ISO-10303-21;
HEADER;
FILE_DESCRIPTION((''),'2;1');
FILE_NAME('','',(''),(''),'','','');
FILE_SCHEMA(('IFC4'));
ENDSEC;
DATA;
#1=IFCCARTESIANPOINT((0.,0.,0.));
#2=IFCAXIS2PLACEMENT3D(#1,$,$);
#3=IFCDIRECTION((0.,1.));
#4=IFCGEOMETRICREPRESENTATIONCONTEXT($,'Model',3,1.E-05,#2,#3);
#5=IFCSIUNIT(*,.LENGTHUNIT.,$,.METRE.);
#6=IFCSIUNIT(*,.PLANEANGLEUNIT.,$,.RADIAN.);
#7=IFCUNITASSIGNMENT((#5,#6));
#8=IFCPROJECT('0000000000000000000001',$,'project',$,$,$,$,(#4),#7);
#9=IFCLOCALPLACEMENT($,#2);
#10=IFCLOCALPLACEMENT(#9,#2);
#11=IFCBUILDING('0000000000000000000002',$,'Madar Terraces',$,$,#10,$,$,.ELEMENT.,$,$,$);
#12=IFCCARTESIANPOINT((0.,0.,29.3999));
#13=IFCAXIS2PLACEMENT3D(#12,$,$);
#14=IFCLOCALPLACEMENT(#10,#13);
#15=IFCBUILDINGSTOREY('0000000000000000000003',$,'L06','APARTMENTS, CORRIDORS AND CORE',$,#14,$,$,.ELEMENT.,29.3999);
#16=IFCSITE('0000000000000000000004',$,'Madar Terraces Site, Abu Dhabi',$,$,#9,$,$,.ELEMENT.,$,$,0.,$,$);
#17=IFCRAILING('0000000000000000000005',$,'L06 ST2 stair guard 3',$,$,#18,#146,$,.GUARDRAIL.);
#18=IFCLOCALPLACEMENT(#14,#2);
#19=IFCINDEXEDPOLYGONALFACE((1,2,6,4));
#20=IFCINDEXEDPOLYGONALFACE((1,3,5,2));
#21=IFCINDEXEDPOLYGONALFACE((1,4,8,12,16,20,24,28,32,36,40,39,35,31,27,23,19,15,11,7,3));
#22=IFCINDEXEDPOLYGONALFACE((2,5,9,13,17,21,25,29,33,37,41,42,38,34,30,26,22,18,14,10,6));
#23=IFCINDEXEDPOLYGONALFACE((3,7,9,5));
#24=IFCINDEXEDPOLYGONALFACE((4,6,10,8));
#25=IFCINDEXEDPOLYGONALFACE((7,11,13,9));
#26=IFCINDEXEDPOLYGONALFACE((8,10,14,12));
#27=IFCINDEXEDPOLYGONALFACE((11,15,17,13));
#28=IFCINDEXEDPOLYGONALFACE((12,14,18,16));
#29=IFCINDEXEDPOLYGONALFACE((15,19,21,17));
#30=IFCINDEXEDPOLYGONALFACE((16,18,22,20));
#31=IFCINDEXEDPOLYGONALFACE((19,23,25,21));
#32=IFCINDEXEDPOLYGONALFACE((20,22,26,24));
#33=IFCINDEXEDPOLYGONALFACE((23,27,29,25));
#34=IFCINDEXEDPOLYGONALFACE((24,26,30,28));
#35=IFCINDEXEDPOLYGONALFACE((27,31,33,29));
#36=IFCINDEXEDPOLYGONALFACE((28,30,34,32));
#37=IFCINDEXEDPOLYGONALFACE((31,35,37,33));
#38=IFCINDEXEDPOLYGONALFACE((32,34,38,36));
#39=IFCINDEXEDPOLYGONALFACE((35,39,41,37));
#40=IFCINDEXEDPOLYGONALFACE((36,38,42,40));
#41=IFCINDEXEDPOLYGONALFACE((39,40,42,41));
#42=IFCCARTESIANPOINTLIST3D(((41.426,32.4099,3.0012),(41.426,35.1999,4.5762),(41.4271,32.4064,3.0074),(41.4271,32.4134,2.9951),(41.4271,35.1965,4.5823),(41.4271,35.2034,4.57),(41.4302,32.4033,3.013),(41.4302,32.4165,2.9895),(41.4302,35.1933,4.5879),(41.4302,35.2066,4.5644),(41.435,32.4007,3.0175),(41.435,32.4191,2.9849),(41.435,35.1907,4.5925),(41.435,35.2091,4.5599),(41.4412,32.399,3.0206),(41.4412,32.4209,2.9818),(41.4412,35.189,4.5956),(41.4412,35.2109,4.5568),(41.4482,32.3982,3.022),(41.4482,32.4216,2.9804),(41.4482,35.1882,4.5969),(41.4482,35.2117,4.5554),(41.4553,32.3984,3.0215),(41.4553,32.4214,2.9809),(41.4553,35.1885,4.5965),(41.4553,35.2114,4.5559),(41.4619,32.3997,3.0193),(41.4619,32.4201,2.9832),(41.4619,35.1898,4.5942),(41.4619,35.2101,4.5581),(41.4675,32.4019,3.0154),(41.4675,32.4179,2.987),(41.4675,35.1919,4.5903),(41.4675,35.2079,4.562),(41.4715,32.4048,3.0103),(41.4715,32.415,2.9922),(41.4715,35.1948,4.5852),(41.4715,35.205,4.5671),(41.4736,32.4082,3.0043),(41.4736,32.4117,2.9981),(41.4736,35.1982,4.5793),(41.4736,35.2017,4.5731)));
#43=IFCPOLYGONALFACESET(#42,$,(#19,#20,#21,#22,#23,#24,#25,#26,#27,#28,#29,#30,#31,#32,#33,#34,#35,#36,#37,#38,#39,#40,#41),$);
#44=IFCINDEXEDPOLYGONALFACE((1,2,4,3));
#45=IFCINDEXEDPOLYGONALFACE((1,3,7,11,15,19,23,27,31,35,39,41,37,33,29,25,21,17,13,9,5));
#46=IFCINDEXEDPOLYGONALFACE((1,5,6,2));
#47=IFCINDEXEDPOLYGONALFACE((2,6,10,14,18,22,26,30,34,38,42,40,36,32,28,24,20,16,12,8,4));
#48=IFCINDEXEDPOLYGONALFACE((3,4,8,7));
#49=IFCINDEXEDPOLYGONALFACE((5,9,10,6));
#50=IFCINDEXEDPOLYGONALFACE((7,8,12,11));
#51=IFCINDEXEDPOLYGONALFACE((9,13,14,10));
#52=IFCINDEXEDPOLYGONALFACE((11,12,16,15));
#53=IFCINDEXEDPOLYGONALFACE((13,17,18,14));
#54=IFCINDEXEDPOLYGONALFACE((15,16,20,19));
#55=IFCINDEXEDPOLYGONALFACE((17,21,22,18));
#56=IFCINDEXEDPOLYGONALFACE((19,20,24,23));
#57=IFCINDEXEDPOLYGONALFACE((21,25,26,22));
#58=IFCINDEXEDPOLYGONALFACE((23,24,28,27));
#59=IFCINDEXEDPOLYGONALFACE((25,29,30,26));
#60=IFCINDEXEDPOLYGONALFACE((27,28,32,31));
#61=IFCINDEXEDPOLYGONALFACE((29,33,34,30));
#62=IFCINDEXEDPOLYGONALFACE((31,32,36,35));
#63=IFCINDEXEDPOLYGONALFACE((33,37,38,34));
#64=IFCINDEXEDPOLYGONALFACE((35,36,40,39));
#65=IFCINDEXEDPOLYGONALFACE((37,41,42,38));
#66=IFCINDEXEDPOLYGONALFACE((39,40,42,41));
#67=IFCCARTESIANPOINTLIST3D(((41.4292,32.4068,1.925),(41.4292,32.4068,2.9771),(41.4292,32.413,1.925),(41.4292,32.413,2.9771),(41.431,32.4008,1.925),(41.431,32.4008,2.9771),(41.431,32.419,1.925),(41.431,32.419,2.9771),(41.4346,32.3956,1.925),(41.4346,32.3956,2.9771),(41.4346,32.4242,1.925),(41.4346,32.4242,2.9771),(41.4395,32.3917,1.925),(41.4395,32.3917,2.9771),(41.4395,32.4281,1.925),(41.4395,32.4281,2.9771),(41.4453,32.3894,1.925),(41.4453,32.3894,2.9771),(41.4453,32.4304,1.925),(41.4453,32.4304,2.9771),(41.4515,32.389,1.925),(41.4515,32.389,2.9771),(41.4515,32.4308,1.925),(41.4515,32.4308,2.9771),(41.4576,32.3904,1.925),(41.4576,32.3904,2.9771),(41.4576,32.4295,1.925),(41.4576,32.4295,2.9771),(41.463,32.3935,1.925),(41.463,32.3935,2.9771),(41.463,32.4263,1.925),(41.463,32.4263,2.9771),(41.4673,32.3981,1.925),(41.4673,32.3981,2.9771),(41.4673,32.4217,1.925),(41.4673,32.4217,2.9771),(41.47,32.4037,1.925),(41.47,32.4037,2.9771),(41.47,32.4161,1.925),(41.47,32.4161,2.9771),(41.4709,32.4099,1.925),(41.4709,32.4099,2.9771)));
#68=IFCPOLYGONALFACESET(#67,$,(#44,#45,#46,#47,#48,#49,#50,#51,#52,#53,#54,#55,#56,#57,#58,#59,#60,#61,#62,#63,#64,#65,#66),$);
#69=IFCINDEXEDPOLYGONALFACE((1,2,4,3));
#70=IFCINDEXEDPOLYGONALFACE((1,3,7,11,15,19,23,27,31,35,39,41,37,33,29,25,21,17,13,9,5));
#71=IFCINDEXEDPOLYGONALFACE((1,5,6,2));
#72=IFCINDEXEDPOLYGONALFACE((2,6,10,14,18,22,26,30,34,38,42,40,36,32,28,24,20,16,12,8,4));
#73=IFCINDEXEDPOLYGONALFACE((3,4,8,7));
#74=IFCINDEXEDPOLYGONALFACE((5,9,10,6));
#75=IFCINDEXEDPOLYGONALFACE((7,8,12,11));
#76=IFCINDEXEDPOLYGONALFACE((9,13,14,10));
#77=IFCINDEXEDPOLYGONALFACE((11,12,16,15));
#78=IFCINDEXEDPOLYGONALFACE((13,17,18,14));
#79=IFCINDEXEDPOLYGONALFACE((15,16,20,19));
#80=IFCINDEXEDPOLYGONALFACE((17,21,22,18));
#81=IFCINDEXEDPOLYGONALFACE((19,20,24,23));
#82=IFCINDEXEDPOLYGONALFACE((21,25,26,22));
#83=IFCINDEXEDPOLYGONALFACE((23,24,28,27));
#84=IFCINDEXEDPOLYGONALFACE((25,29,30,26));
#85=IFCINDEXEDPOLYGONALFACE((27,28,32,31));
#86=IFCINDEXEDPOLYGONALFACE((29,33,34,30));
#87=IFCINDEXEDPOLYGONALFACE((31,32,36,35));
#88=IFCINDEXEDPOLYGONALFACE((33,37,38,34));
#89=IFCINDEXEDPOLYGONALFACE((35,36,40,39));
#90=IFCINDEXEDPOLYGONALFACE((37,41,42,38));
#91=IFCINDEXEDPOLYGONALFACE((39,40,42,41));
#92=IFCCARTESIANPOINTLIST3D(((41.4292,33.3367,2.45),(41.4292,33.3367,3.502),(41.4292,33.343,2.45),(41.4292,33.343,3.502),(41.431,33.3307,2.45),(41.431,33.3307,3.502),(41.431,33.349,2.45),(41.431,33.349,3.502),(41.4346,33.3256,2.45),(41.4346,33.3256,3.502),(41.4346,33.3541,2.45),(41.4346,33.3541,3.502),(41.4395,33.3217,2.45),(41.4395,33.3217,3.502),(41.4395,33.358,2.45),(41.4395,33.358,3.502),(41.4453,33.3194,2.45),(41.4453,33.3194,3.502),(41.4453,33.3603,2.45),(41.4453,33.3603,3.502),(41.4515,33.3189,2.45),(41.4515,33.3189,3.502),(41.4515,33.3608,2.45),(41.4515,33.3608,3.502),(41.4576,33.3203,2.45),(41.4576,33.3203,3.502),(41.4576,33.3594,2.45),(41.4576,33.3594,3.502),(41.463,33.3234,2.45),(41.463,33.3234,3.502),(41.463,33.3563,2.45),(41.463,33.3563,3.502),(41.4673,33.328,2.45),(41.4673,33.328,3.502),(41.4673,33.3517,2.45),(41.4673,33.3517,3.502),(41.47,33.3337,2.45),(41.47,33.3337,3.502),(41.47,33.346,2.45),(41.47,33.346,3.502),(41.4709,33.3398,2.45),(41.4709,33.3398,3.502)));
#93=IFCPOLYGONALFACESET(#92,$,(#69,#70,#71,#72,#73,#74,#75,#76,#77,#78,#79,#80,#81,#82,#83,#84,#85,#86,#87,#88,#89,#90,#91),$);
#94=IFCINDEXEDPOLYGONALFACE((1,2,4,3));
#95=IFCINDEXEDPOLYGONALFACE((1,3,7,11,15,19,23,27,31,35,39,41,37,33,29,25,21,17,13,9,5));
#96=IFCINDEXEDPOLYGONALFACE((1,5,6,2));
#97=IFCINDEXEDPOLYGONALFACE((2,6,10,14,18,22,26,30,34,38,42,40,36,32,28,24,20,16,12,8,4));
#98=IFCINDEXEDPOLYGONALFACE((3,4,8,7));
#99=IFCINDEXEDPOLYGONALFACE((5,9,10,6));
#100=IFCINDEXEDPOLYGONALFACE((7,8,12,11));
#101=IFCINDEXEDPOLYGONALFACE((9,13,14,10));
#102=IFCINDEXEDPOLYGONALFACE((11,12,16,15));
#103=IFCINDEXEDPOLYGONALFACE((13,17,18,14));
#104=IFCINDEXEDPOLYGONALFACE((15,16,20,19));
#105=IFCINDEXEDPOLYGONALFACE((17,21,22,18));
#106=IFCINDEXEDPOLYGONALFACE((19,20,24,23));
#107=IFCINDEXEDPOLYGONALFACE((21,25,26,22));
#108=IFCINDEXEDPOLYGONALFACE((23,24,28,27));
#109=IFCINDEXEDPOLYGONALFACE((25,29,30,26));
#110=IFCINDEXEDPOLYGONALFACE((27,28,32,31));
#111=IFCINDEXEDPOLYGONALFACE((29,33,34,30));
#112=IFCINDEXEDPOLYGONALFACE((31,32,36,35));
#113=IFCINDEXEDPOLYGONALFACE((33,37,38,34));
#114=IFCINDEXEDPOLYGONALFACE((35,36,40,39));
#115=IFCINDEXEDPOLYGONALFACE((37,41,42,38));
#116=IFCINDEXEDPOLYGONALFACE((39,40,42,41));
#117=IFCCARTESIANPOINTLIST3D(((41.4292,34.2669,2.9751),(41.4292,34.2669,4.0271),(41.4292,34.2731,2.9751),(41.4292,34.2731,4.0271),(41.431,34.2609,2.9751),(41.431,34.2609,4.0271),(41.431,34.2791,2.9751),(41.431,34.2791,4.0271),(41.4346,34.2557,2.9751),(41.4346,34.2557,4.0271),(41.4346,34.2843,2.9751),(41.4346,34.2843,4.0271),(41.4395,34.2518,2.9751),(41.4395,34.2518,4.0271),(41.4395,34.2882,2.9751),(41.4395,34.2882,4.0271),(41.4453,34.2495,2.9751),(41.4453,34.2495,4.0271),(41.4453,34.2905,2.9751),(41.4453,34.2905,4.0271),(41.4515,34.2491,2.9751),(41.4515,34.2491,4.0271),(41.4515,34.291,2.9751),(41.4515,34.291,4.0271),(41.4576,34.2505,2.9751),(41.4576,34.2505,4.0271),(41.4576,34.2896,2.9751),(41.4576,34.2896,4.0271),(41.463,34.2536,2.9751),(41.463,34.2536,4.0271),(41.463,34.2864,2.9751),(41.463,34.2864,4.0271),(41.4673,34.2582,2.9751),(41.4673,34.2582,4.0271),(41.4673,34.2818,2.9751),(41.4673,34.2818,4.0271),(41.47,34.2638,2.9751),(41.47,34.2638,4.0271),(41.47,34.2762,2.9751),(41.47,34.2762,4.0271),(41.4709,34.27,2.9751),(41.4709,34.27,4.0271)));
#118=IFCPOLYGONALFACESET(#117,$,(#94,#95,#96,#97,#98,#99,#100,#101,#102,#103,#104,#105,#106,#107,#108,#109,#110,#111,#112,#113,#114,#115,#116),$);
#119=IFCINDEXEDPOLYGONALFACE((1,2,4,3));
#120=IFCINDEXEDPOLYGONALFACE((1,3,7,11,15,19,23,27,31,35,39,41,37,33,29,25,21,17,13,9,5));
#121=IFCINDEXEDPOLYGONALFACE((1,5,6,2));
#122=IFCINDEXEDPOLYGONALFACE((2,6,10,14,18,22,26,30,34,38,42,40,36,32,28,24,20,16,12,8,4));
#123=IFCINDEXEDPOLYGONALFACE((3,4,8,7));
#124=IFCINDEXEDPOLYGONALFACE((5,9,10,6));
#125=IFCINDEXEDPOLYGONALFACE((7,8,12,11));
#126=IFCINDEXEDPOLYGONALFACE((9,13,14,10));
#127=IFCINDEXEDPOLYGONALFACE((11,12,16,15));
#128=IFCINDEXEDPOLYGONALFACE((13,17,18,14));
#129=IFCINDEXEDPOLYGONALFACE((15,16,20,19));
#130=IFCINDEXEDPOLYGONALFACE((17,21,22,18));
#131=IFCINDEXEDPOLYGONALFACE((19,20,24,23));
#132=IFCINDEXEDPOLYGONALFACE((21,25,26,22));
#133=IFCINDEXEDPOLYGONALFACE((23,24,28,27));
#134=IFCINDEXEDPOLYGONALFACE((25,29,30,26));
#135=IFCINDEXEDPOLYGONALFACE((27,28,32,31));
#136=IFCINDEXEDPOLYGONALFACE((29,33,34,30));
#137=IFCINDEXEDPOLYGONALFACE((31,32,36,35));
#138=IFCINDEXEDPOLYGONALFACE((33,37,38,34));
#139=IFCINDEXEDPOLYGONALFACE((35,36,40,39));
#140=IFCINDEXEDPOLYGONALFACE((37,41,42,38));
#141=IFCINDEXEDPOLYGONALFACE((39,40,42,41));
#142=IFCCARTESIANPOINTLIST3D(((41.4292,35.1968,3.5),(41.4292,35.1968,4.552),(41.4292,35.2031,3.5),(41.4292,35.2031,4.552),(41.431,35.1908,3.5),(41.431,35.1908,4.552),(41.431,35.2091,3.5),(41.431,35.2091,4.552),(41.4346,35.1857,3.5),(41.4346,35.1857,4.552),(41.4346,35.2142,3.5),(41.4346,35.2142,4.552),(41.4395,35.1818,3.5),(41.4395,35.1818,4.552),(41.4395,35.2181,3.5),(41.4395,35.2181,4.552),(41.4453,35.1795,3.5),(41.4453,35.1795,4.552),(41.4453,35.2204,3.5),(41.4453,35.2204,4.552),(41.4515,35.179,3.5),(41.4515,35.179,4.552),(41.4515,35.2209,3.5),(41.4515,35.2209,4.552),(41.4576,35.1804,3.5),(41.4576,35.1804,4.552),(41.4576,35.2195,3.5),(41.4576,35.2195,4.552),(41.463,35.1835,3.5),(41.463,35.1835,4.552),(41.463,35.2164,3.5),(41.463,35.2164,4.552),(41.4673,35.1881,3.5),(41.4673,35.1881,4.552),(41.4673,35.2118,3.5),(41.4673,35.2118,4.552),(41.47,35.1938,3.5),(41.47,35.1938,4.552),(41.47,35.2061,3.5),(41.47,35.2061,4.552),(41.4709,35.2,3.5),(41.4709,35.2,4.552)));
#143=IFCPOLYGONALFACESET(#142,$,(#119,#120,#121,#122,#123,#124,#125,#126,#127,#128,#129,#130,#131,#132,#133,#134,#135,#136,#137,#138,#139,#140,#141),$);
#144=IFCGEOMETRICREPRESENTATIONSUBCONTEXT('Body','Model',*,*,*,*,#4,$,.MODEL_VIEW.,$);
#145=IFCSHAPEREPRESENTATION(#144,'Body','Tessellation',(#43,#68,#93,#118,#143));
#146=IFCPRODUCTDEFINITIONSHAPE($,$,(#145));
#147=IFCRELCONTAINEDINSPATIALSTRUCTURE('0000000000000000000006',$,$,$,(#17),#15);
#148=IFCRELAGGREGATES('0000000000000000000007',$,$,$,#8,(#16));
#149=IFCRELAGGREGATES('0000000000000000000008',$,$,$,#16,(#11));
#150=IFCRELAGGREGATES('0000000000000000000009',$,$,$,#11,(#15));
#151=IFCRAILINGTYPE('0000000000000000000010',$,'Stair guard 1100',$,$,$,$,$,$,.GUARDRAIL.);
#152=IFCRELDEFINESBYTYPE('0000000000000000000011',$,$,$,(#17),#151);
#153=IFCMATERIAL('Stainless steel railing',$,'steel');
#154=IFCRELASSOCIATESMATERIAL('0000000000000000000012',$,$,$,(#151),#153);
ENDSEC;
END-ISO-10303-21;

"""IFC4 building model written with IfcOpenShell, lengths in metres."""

from ifc_helpers import new_model, si_unit, direction, frame, origin, origin_2d, place, context, subcontext, project, spatial, circle, extrude, material, type_object, element, save


model = new_model("IFC4")

# Units and contexts
model_context = context("Model", 3, precision=1e-05, world=origin(), true_north=direction((0.0, 1.0)))
body_context = subcontext(model_context, "Body", "Model", "MODEL_VIEW")
ifc_project = project(units=[si_unit("LENGTHUNIT", "METRE"), si_unit("PLANEANGLEUNIT", "RADIAN")], contexts=[model_context])

# Site, building, storey
site_placement = place(None, origin())
site = spatial("IfcSite", under=ifc_project, at=site_placement, Name="Madar Terraces Site, Abu Dhabi", CompositionType="ELEMENT", RefElevation=0.0)
building_placement = place(site_placement, origin())
building = spatial("IfcBuilding", under=site, at=building_placement, Name="Madar Terraces", CompositionType="ELEMENT")
storey_placement = place(building_placement, frame((0.0, 0.0, 29.3999)))
storey = spatial("IfcBuildingStorey", under=building, at=storey_placement, Name="L06", Description="APARTMENTS, CORRIDORS AND CORE", CompositionType="ELEMENT", Elevation=29.3999)

# Railing
ifc_material_1 = material(Name="Stainless steel railing", Category="steel")
railing_type_1 = type_object("IfcRailingType", Name="Stair guard 1100", PredefinedType="GUARDRAIL", material=ifc_material_1)
railing_1_placement = place(storey_placement, frame((41.45, 32.4099, 1.925)))
element("IfcRailing", 1, at=railing_1_placement, inside=storey, type_object=railing_type_1, Name="L06 ST2 stair guard 3", PredefinedType="GUARDRAIL", context=body_context, shape_type="SweptSolid", body=[
    extrude(circle(Radius=0.0239, at=origin_2d()), frame((0.0, 0.0, 1.0762), z_axis=(0.0, 0.870834, 0.491578), x_axis=(-1.0, 0.0, 0.0)), (0.0, 0.0, 1.0), 3.2039),
    extrude(circle(Radius=0.021, at=origin_2d()), origin(), (0.0, 0.0, 1.0), 1.052),
    extrude(circle(Radius=0.021, at=origin_2d()), frame((0.0, 0.9299, 0.5249)), (0.0, 0.0, 1.0), 1.052),
    extrude(circle(Radius=0.021, at=origin_2d()), frame((0.0, 1.8601, 1.05)), (0.0, 0.0, 1.0), 1.052),
    extrude(circle(Radius=0.021, at=origin_2d()), frame((0.0, 2.79, 1.575)), (0.0, 0.0, 1.0), 1.052),
])

save(model, "model.ifc")
